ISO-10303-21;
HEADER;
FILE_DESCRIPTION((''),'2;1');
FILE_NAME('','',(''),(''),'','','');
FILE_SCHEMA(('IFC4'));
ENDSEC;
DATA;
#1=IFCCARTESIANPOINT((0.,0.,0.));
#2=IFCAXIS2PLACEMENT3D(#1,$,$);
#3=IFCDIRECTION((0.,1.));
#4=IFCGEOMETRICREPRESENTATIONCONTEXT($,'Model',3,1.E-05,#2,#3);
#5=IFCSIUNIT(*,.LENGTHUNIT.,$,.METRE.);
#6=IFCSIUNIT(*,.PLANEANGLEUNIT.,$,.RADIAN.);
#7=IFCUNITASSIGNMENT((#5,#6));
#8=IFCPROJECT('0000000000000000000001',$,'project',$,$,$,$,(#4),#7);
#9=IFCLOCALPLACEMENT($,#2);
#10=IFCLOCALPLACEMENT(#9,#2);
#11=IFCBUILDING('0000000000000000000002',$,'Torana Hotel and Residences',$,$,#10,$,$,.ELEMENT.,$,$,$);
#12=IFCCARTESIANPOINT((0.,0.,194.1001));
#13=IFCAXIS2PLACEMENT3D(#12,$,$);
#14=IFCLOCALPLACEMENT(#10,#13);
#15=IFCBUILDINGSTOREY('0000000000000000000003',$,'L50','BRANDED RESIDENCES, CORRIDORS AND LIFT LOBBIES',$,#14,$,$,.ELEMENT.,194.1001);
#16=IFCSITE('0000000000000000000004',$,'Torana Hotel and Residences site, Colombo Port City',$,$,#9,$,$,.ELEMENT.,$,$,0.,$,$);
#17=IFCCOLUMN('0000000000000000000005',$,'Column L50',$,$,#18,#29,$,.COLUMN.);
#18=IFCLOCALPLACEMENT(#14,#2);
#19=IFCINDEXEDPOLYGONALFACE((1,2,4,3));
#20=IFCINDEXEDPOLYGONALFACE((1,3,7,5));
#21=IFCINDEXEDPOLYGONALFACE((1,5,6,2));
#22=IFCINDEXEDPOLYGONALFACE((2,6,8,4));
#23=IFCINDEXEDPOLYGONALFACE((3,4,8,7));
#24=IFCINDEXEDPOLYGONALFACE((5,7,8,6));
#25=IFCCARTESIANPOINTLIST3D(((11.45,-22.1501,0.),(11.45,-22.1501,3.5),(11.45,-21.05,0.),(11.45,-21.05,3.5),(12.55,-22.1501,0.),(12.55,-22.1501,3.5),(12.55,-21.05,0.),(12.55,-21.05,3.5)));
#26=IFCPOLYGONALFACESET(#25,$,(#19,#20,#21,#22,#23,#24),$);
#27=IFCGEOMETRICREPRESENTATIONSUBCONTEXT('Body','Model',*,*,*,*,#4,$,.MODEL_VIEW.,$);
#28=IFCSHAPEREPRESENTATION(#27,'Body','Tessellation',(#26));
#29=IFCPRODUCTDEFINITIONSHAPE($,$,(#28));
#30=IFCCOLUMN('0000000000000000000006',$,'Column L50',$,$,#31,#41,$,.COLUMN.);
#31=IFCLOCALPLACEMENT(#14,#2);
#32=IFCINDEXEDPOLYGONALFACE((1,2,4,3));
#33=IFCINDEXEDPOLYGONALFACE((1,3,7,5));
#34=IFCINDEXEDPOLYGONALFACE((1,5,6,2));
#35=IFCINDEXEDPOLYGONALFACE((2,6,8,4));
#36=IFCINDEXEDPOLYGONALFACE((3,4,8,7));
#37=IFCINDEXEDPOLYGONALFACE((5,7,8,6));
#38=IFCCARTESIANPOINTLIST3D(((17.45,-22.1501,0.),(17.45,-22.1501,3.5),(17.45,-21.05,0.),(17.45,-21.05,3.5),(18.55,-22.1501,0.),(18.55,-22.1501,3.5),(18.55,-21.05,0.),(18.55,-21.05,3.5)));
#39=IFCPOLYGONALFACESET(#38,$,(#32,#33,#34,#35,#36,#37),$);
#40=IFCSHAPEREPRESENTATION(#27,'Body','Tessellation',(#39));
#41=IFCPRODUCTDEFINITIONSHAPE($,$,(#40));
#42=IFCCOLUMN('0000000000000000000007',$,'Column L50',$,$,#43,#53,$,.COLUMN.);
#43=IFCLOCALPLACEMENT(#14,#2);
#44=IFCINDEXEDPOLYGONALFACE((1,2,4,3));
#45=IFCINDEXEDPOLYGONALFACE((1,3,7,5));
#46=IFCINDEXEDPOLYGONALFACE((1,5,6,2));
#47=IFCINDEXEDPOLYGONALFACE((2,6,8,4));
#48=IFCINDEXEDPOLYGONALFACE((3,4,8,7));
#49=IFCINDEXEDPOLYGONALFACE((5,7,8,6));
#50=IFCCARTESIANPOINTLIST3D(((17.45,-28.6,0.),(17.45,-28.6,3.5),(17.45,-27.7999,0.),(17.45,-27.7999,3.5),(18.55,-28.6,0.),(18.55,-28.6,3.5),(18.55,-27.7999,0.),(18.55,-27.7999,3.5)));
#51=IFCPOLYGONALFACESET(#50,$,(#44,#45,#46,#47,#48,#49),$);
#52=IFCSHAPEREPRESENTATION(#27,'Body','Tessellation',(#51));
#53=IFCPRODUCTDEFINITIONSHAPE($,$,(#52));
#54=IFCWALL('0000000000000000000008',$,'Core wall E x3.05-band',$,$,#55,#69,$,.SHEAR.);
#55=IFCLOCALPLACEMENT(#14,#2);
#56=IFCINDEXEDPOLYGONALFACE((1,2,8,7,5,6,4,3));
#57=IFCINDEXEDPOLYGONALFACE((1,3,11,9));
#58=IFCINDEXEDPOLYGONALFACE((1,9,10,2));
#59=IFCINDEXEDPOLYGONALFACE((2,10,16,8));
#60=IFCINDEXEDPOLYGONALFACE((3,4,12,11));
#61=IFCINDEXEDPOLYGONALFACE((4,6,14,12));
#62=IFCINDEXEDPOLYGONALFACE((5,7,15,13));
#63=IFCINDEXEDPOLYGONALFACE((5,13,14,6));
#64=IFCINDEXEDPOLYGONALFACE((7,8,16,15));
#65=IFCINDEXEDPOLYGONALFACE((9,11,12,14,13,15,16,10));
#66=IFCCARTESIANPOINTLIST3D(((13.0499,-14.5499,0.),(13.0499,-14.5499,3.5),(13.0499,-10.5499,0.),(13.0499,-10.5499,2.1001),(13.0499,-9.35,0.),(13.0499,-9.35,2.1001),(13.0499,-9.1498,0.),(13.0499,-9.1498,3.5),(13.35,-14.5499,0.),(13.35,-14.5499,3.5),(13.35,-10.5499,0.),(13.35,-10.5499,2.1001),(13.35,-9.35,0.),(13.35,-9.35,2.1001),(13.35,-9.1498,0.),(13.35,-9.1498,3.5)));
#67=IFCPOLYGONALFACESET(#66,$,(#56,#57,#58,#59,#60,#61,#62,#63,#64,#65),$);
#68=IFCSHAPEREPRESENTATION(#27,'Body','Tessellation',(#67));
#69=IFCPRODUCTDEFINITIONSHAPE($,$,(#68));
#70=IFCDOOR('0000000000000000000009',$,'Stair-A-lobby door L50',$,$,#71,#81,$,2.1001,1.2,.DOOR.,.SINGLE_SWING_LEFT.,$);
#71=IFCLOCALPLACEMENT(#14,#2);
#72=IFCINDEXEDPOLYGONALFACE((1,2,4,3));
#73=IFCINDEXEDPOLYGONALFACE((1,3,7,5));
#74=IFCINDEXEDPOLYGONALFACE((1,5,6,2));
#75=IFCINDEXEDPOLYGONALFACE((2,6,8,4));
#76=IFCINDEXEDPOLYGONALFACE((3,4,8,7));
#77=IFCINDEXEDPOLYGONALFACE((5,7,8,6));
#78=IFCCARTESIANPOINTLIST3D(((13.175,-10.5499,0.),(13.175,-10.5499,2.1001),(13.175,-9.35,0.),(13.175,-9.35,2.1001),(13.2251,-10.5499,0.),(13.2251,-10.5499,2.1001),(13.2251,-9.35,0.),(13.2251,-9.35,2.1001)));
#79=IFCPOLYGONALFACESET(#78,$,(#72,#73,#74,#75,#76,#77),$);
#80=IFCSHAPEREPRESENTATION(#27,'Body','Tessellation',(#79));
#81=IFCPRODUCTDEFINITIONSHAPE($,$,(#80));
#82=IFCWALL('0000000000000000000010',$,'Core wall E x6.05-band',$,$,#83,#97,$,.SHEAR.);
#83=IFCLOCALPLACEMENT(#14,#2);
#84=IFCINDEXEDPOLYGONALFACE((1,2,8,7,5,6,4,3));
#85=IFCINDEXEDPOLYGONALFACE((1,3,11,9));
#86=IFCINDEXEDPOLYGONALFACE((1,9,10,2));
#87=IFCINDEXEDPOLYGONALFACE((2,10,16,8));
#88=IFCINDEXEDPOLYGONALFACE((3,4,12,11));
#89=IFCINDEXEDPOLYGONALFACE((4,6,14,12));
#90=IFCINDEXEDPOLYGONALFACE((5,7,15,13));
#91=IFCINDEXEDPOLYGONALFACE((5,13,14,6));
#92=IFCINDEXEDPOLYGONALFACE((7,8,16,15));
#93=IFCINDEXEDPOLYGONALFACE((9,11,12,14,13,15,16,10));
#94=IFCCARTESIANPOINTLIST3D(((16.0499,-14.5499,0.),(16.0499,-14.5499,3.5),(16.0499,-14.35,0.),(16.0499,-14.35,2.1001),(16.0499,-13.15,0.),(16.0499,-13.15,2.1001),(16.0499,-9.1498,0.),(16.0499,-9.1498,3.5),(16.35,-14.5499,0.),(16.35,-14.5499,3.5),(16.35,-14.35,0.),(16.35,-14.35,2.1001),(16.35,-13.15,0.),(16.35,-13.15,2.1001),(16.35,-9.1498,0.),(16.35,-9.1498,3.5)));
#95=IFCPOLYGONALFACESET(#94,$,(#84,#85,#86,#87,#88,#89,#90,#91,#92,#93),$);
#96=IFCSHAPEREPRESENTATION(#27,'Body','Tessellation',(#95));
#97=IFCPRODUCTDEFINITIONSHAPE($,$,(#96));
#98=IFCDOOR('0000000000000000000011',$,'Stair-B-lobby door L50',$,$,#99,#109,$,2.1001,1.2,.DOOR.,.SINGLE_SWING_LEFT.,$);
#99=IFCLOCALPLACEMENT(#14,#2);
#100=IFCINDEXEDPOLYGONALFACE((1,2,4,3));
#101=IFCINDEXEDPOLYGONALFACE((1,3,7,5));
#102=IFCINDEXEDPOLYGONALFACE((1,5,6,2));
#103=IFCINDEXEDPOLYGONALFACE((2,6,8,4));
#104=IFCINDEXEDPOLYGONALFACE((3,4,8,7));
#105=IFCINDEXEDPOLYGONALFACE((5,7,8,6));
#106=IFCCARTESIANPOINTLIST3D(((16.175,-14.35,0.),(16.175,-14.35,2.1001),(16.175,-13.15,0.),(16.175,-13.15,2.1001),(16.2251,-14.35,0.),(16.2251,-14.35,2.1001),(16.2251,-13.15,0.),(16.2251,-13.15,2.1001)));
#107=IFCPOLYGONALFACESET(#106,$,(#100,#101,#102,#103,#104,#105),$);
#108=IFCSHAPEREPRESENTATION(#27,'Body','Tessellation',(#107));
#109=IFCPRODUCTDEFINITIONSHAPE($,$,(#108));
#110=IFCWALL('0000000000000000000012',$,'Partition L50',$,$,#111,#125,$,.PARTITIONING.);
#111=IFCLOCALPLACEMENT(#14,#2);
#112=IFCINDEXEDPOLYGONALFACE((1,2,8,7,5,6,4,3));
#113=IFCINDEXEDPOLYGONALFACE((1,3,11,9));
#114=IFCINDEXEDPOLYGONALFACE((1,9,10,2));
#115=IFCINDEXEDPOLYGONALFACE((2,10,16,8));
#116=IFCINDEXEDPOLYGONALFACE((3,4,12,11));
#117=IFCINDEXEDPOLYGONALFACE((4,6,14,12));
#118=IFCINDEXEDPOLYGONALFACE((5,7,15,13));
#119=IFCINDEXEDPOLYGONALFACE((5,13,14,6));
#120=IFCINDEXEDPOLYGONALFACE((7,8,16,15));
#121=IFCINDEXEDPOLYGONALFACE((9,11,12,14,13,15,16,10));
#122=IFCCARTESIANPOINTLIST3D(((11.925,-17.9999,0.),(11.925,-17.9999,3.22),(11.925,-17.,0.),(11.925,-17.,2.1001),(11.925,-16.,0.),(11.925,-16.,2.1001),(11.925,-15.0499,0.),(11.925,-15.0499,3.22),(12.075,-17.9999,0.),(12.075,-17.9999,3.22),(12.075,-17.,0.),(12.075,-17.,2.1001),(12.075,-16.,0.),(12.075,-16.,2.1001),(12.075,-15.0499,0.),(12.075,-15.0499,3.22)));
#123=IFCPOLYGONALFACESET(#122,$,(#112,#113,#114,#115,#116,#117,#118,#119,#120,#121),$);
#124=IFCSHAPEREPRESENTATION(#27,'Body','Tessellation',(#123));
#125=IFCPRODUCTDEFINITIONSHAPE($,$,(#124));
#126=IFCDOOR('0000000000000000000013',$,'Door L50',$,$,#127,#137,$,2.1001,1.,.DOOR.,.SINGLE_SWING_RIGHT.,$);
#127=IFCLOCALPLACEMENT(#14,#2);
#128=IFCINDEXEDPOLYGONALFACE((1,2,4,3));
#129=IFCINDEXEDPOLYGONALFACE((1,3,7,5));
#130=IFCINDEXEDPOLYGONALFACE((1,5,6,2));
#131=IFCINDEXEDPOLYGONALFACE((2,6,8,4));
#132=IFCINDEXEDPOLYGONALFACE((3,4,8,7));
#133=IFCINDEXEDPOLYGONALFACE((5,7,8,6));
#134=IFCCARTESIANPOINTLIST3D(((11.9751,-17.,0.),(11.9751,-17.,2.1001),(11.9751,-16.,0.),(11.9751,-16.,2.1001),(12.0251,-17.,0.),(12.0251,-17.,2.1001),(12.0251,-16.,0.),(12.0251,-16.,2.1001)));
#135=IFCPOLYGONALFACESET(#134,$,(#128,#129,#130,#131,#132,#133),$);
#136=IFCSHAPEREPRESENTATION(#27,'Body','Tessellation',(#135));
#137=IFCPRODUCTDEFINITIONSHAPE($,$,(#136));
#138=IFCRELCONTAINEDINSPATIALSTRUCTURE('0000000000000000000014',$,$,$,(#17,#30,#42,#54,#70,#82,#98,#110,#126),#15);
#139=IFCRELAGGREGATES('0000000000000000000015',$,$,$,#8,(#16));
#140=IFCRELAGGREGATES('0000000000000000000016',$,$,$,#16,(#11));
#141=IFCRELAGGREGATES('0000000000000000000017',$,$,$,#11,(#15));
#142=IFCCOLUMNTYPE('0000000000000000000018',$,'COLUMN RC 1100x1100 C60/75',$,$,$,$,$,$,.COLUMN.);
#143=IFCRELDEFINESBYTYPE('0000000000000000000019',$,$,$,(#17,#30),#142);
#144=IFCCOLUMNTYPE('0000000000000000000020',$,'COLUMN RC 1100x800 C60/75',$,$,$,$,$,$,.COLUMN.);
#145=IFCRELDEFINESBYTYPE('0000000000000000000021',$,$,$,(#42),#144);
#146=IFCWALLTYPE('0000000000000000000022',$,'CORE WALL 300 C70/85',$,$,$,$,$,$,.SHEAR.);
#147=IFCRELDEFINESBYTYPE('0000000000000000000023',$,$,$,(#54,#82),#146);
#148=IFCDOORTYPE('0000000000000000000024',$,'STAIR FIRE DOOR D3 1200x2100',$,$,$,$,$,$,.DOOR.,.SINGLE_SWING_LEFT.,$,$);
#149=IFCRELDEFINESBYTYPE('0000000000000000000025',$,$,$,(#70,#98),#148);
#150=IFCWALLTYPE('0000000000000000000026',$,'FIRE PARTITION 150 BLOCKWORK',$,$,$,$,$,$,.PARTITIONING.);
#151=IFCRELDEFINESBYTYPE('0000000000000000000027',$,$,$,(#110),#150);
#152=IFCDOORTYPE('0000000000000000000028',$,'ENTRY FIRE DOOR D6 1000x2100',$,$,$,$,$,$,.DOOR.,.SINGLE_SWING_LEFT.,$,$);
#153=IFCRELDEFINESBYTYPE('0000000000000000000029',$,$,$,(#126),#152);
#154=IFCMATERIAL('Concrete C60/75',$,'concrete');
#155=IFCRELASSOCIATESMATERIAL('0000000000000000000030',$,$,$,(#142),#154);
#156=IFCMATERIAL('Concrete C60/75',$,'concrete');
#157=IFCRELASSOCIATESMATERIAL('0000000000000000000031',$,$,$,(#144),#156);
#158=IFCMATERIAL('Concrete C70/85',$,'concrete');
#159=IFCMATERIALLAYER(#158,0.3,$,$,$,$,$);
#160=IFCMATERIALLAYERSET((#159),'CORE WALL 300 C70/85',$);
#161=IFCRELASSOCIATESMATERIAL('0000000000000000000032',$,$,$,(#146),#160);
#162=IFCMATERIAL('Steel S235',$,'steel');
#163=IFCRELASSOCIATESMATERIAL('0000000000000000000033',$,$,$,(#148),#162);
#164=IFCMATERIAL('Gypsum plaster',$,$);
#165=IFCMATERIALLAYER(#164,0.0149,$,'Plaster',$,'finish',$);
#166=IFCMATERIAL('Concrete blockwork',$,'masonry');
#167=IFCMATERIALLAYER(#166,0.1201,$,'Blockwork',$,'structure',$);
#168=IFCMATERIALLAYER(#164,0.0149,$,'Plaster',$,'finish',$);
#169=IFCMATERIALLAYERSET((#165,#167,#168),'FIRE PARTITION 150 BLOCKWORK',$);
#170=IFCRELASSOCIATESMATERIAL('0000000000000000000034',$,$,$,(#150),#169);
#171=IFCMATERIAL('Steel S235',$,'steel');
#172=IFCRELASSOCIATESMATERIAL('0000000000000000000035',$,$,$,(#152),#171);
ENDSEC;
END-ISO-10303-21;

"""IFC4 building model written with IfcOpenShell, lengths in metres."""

from ifc_helpers import new_model, si_unit, direction, frame, frame_2d, origin, origin_2d, place, context, subcontext, project, spatial, rectangle, extrude, material, layer, layer_set, material_profile, profile_set, type_object, element, fill, save


model = new_model("IFC4")

# Units and contexts
model_context = context("Model", 3, precision=1e-05, world=origin(), true_north=direction((0.0, 1.0)))
body_context = subcontext(model_context, "Body", "Model", "MODEL_VIEW")
ifc_project = project(units=[si_unit("LENGTHUNIT", "METRE"), si_unit("PLANEANGLEUNIT", "RADIAN")], contexts=[model_context])

# Site, building, storey
site_placement = place(None, origin())
site = spatial("IfcSite", under=ifc_project, at=site_placement, Name="Torana Hotel and Residences site, Colombo Port City", CompositionType="ELEMENT", RefElevation=0.0)
building_placement = place(site_placement, origin())
building = spatial("IfcBuilding", under=site, at=building_placement, Name="Torana Hotel and Residences", CompositionType="ELEMENT")
storey_placement = place(building_placement, frame((0.0, 0.0, 194.1001)))
storey = spatial("IfcBuildingStorey", under=building, at=storey_placement, Name="L50", Description="BRANDED RESIDENCES, CORRIDORS AND LIFT LOBBIES", CompositionType="ELEMENT", Elevation=194.1001)

# Columns
ifc_material_1 = material(Name="Concrete C60/75", Category="concrete")
ifc_material_profile_1 = material_profile(ifc_material_1, rectangle(XDim=1.1001, YDim=1.1001, at=origin_2d()), Name="RC 1100x1100")
ifc_profile_set_1 = profile_set([ifc_material_profile_1], Name="Concrete C60/75")
column_type_1 = type_object("IfcColumnType", Name="COLUMN RC 1100x1100 C60/75", PredefinedType="COLUMN", material=ifc_profile_set_1)
for number, where, z_axis, x_axis, name in (
    (1, (12.0, -21.6001, 0.0), (0.0, 0.0, 1.0), (1.0, 0.0, 0.0), "Column L50"),
    (2, (18.0, -21.6001, 0.0), (0.0, 0.0, 1.0), (1.0, 0.0, 0.0), "Column L50"),
):
    element("IfcColumn", number, at=place(storey_placement, frame(where, z_axis=z_axis, x_axis=x_axis)), inside=storey, type_object=column_type_1, Name=name, PredefinedType="COLUMN", context=body_context, shape_type="SweptSolid", body=[
        extrude(rectangle(XDim=1.1001, YDim=1.1001, at=origin_2d()), origin(), (0.0, 0.0, 1.0), 3.5),
    ])
ifc_material_2 = material(Name="Concrete C60/75", Category="concrete")
ifc_material_profile_2 = material_profile(ifc_material_2, rectangle(XDim=1.1001, YDim=0.8, at=origin_2d()), Name="RC 1100x800")
ifc_profile_set_2 = profile_set([ifc_material_profile_2], Name="Concrete C60/75")
column_type_2 = type_object("IfcColumnType", Name="COLUMN RC 1100x800 C60/75", PredefinedType="COLUMN", material=ifc_profile_set_2)
column_placement = place(storey_placement, frame((18.0, -28.2, 0.0), z_axis=(0.0, 0.0, 1.0), x_axis=(1.0, 0.0, 0.0)))
element("IfcColumn", 3, at=column_placement, inside=storey, type_object=column_type_2, Name="Column L50", PredefinedType="COLUMN", context=body_context, shape_type="SweptSolid", body=[
    extrude(rectangle(XDim=1.1001, YDim=0.8, at=origin_2d()), origin(), (0.0, 0.0, 1.0), 3.5),
])

# Walls, openings, doors
ifc_material_3 = material(Name="Concrete C70/85", Category="concrete")
ifc_layer_1 = layer(ifc_material_3, 0.3)
ifc_layer_set_1 = layer_set([ifc_layer_1], Name="CORE WALL 300 C70/85")
wall_type_1 = type_object("IfcWallType", Name="CORE WALL 300 C70/85", PredefinedType="SHEAR", material=ifc_layer_set_1)
wall_1_placement = place(storey_placement, frame((13.2, -14.55, 0.0), z_axis=(0.0, 0.0, 1.0), x_axis=(0.0, 1.0, 0.0)))
wall_1 = element("IfcWall", 4, at=wall_1_placement, inside=storey, type_object=wall_type_1, Name="Core wall E x3.05-band", PredefinedType="SHEAR", context=body_context, shape_type="SweptSolid", body=[
    extrude(rectangle(XDim=5.4001, YDim=0.3, at=frame_2d((2.7002, 0.0))), origin(), (0.0, 0.0, 1.0), 3.5),
])
opening_1_placement = place(wall_1_placement, frame((4.0, 0.0, 0.0)))
opening_1 = element("IfcOpeningElement", 5, at=opening_1_placement, cuts=wall_1, PredefinedType="OPENING", context=body_context, shape_type="SweptSolid", body=[
    extrude(rectangle(XDim=1.2, YDim=2.1001, at=frame_2d((0.6001, 1.05))), frame((0.0, 0.1599, 0.0), z_axis=(0.0, -1.0, 0.0), x_axis=(1.0, 0.0, 0.0)), (0.0, 0.0, 1.0), 0.3201),
])
ifc_material_4 = material(Name="Steel S235", Category="steel")
door_type_1 = type_object("IfcDoorType", Name="STAIR FIRE DOOR D3 1200x2100", OperationType="SINGLE_SWING_LEFT", PredefinedType="DOOR", material=ifc_material_4)
door_1_placement = place(opening_1_placement, origin())
door_1 = element("IfcDoor", 6, at=door_1_placement, inside=storey, type_object=door_type_1, Name="Stair-A-lobby door L50", OperationType="SINGLE_SWING_LEFT", OverallHeight=2.1001, OverallWidth=1.2, PredefinedType="DOOR", context=body_context, shape_type="SweptSolid", body=[
    extrude(rectangle(XDim=1.2, YDim=2.1001, at=frame_2d((0.6001, 1.05))), frame((0.0, 0.0249, 0.0), z_axis=(0.0, -1.0, 0.0), x_axis=(1.0, 0.0, 0.0)), (0.0, 0.0, 1.0), 0.05),
])
fill(opening_1, door_1)
wall_2_placement = place(storey_placement, frame((16.2, -14.55, 0.0), z_axis=(0.0, 0.0, 1.0), x_axis=(0.0, 1.0, 0.0)))
wall_2 = element("IfcWall", 7, at=wall_2_placement, inside=storey, type_object=wall_type_1, Name="Core wall E x6.05-band", PredefinedType="SHEAR", context=body_context, shape_type="SweptSolid", body=[
    extrude(rectangle(XDim=5.4001, YDim=0.3, at=frame_2d((2.7002, 0.0))), origin(), (0.0, 0.0, 1.0), 3.5),
])
opening_2_placement = place(wall_2_placement, frame((0.2, 0.0, 0.0)))
opening_2 = element("IfcOpeningElement", 8, at=opening_2_placement, cuts=wall_2, PredefinedType="OPENING", context=body_context, shape_type="SweptSolid", body=[
    extrude(rectangle(XDim=1.2, YDim=2.1001, at=frame_2d((0.6001, 1.05))), frame((0.0, 0.1599, 0.0), z_axis=(0.0, -1.0, 0.0), x_axis=(1.0, 0.0, 0.0)), (0.0, 0.0, 1.0), 0.3201),
])
door_2_placement = place(opening_2_placement, frame((0.6001, 0.0, 0.0), z_axis=(0.0, 0.0, 1.0), x_axis=(-1.0, 0.0, 0.0)))
door_2 = element("IfcDoor", 9, at=door_2_placement, inside=storey, type_object=door_type_1, Name="Stair-B-lobby door L50", OperationType="SINGLE_SWING_LEFT", OverallHeight=2.1001, OverallWidth=1.2, PredefinedType="DOOR", context=body_context, shape_type="SweptSolid", body=[
    extrude(rectangle(XDim=1.2, YDim=2.1001, at=frame_2d((0.0, 1.05))), frame((0.0, -0.0249, 0.0), z_axis=(0.0, 1.0, 0.0), x_axis=(-1.0, 0.0, 0.0)), (0.0, 0.0, 1.0), 0.05),
])
fill(opening_2, door_2)
ifc_material_5 = material(Name="Gypsum plaster")
ifc_layer_2 = layer(ifc_material_5, 0.0149, Name="Plaster", Category="finish")
ifc_material_6 = material(Name="Concrete blockwork", Category="masonry")
ifc_layer_3 = layer(ifc_material_6, 0.1201, Name="Blockwork", Category="structure")
ifc_layer_4 = layer(ifc_material_5, 0.0149, Name="Plaster", Category="finish")
ifc_layer_set_2 = layer_set([ifc_layer_2, ifc_layer_3, ifc_layer_4], Name="FIRE PARTITION 150 BLOCKWORK")
wall_type_2 = type_object("IfcWallType", Name="FIRE PARTITION 150 BLOCKWORK", PredefinedType="PARTITIONING", material=ifc_layer_set_2)
wall_3_placement = place(storey_placement, frame((12.0, -18.0, 0.0), z_axis=(0.0, 0.0, 1.0), x_axis=(0.0, 1.0, 0.0)))
wall_3 = element("IfcWall", 10, at=wall_3_placement, inside=storey, type_object=wall_type_2, Name="Partition L50", PredefinedType="PARTITIONING", context=body_context, shape_type="SweptSolid", body=[
    extrude(rectangle(XDim=2.95, YDim=0.1499, at=frame_2d((1.4751, 0.0))), origin(), (0.0, 0.0, 1.0), 3.22),
])
opening_3_placement = place(wall_3_placement, frame((1.0, 0.0, 0.0)))
opening_3 = element("IfcOpeningElement", 11, at=opening_3_placement, cuts=wall_3, PredefinedType="OPENING", context=body_context, shape_type="SweptSolid", body=[
    extrude(rectangle(XDim=1.0, YDim=2.1001, at=frame_2d((0.5, 1.05))), frame((0.0, 0.085, 0.0), z_axis=(0.0, -1.0, 0.0), x_axis=(1.0, 0.0, 0.0)), (0.0, 0.0, 1.0), 0.1699),
])
ifc_material_7 = material(Name="Steel S235", Category="steel")
door_type_2 = type_object("IfcDoorType", Name="ENTRY FIRE DOOR D6 1000x2100", OperationType="SINGLE_SWING_LEFT", PredefinedType="DOOR", material=ifc_material_7)
door_3_placement = place(opening_3_placement, origin())
door_3 = element("IfcDoor", 12, at=door_3_placement, inside=storey, type_object=door_type_2, Name="Door L50", OperationType="SINGLE_SWING_RIGHT", OverallHeight=2.1001, OverallWidth=1.0, PredefinedType="DOOR", context=body_context, shape_type="SweptSolid", body=[
    extrude(rectangle(XDim=1.0, YDim=2.1001, at=frame_2d((0.5, 1.05))), frame((0.0, 0.0249, 0.0), z_axis=(0.0, -1.0, 0.0), x_axis=(1.0, 0.0, 0.0)), (0.0, 0.0, 1.0), 0.05),
])
fill(opening_3, door_3)

save(model, "model.ifc")
